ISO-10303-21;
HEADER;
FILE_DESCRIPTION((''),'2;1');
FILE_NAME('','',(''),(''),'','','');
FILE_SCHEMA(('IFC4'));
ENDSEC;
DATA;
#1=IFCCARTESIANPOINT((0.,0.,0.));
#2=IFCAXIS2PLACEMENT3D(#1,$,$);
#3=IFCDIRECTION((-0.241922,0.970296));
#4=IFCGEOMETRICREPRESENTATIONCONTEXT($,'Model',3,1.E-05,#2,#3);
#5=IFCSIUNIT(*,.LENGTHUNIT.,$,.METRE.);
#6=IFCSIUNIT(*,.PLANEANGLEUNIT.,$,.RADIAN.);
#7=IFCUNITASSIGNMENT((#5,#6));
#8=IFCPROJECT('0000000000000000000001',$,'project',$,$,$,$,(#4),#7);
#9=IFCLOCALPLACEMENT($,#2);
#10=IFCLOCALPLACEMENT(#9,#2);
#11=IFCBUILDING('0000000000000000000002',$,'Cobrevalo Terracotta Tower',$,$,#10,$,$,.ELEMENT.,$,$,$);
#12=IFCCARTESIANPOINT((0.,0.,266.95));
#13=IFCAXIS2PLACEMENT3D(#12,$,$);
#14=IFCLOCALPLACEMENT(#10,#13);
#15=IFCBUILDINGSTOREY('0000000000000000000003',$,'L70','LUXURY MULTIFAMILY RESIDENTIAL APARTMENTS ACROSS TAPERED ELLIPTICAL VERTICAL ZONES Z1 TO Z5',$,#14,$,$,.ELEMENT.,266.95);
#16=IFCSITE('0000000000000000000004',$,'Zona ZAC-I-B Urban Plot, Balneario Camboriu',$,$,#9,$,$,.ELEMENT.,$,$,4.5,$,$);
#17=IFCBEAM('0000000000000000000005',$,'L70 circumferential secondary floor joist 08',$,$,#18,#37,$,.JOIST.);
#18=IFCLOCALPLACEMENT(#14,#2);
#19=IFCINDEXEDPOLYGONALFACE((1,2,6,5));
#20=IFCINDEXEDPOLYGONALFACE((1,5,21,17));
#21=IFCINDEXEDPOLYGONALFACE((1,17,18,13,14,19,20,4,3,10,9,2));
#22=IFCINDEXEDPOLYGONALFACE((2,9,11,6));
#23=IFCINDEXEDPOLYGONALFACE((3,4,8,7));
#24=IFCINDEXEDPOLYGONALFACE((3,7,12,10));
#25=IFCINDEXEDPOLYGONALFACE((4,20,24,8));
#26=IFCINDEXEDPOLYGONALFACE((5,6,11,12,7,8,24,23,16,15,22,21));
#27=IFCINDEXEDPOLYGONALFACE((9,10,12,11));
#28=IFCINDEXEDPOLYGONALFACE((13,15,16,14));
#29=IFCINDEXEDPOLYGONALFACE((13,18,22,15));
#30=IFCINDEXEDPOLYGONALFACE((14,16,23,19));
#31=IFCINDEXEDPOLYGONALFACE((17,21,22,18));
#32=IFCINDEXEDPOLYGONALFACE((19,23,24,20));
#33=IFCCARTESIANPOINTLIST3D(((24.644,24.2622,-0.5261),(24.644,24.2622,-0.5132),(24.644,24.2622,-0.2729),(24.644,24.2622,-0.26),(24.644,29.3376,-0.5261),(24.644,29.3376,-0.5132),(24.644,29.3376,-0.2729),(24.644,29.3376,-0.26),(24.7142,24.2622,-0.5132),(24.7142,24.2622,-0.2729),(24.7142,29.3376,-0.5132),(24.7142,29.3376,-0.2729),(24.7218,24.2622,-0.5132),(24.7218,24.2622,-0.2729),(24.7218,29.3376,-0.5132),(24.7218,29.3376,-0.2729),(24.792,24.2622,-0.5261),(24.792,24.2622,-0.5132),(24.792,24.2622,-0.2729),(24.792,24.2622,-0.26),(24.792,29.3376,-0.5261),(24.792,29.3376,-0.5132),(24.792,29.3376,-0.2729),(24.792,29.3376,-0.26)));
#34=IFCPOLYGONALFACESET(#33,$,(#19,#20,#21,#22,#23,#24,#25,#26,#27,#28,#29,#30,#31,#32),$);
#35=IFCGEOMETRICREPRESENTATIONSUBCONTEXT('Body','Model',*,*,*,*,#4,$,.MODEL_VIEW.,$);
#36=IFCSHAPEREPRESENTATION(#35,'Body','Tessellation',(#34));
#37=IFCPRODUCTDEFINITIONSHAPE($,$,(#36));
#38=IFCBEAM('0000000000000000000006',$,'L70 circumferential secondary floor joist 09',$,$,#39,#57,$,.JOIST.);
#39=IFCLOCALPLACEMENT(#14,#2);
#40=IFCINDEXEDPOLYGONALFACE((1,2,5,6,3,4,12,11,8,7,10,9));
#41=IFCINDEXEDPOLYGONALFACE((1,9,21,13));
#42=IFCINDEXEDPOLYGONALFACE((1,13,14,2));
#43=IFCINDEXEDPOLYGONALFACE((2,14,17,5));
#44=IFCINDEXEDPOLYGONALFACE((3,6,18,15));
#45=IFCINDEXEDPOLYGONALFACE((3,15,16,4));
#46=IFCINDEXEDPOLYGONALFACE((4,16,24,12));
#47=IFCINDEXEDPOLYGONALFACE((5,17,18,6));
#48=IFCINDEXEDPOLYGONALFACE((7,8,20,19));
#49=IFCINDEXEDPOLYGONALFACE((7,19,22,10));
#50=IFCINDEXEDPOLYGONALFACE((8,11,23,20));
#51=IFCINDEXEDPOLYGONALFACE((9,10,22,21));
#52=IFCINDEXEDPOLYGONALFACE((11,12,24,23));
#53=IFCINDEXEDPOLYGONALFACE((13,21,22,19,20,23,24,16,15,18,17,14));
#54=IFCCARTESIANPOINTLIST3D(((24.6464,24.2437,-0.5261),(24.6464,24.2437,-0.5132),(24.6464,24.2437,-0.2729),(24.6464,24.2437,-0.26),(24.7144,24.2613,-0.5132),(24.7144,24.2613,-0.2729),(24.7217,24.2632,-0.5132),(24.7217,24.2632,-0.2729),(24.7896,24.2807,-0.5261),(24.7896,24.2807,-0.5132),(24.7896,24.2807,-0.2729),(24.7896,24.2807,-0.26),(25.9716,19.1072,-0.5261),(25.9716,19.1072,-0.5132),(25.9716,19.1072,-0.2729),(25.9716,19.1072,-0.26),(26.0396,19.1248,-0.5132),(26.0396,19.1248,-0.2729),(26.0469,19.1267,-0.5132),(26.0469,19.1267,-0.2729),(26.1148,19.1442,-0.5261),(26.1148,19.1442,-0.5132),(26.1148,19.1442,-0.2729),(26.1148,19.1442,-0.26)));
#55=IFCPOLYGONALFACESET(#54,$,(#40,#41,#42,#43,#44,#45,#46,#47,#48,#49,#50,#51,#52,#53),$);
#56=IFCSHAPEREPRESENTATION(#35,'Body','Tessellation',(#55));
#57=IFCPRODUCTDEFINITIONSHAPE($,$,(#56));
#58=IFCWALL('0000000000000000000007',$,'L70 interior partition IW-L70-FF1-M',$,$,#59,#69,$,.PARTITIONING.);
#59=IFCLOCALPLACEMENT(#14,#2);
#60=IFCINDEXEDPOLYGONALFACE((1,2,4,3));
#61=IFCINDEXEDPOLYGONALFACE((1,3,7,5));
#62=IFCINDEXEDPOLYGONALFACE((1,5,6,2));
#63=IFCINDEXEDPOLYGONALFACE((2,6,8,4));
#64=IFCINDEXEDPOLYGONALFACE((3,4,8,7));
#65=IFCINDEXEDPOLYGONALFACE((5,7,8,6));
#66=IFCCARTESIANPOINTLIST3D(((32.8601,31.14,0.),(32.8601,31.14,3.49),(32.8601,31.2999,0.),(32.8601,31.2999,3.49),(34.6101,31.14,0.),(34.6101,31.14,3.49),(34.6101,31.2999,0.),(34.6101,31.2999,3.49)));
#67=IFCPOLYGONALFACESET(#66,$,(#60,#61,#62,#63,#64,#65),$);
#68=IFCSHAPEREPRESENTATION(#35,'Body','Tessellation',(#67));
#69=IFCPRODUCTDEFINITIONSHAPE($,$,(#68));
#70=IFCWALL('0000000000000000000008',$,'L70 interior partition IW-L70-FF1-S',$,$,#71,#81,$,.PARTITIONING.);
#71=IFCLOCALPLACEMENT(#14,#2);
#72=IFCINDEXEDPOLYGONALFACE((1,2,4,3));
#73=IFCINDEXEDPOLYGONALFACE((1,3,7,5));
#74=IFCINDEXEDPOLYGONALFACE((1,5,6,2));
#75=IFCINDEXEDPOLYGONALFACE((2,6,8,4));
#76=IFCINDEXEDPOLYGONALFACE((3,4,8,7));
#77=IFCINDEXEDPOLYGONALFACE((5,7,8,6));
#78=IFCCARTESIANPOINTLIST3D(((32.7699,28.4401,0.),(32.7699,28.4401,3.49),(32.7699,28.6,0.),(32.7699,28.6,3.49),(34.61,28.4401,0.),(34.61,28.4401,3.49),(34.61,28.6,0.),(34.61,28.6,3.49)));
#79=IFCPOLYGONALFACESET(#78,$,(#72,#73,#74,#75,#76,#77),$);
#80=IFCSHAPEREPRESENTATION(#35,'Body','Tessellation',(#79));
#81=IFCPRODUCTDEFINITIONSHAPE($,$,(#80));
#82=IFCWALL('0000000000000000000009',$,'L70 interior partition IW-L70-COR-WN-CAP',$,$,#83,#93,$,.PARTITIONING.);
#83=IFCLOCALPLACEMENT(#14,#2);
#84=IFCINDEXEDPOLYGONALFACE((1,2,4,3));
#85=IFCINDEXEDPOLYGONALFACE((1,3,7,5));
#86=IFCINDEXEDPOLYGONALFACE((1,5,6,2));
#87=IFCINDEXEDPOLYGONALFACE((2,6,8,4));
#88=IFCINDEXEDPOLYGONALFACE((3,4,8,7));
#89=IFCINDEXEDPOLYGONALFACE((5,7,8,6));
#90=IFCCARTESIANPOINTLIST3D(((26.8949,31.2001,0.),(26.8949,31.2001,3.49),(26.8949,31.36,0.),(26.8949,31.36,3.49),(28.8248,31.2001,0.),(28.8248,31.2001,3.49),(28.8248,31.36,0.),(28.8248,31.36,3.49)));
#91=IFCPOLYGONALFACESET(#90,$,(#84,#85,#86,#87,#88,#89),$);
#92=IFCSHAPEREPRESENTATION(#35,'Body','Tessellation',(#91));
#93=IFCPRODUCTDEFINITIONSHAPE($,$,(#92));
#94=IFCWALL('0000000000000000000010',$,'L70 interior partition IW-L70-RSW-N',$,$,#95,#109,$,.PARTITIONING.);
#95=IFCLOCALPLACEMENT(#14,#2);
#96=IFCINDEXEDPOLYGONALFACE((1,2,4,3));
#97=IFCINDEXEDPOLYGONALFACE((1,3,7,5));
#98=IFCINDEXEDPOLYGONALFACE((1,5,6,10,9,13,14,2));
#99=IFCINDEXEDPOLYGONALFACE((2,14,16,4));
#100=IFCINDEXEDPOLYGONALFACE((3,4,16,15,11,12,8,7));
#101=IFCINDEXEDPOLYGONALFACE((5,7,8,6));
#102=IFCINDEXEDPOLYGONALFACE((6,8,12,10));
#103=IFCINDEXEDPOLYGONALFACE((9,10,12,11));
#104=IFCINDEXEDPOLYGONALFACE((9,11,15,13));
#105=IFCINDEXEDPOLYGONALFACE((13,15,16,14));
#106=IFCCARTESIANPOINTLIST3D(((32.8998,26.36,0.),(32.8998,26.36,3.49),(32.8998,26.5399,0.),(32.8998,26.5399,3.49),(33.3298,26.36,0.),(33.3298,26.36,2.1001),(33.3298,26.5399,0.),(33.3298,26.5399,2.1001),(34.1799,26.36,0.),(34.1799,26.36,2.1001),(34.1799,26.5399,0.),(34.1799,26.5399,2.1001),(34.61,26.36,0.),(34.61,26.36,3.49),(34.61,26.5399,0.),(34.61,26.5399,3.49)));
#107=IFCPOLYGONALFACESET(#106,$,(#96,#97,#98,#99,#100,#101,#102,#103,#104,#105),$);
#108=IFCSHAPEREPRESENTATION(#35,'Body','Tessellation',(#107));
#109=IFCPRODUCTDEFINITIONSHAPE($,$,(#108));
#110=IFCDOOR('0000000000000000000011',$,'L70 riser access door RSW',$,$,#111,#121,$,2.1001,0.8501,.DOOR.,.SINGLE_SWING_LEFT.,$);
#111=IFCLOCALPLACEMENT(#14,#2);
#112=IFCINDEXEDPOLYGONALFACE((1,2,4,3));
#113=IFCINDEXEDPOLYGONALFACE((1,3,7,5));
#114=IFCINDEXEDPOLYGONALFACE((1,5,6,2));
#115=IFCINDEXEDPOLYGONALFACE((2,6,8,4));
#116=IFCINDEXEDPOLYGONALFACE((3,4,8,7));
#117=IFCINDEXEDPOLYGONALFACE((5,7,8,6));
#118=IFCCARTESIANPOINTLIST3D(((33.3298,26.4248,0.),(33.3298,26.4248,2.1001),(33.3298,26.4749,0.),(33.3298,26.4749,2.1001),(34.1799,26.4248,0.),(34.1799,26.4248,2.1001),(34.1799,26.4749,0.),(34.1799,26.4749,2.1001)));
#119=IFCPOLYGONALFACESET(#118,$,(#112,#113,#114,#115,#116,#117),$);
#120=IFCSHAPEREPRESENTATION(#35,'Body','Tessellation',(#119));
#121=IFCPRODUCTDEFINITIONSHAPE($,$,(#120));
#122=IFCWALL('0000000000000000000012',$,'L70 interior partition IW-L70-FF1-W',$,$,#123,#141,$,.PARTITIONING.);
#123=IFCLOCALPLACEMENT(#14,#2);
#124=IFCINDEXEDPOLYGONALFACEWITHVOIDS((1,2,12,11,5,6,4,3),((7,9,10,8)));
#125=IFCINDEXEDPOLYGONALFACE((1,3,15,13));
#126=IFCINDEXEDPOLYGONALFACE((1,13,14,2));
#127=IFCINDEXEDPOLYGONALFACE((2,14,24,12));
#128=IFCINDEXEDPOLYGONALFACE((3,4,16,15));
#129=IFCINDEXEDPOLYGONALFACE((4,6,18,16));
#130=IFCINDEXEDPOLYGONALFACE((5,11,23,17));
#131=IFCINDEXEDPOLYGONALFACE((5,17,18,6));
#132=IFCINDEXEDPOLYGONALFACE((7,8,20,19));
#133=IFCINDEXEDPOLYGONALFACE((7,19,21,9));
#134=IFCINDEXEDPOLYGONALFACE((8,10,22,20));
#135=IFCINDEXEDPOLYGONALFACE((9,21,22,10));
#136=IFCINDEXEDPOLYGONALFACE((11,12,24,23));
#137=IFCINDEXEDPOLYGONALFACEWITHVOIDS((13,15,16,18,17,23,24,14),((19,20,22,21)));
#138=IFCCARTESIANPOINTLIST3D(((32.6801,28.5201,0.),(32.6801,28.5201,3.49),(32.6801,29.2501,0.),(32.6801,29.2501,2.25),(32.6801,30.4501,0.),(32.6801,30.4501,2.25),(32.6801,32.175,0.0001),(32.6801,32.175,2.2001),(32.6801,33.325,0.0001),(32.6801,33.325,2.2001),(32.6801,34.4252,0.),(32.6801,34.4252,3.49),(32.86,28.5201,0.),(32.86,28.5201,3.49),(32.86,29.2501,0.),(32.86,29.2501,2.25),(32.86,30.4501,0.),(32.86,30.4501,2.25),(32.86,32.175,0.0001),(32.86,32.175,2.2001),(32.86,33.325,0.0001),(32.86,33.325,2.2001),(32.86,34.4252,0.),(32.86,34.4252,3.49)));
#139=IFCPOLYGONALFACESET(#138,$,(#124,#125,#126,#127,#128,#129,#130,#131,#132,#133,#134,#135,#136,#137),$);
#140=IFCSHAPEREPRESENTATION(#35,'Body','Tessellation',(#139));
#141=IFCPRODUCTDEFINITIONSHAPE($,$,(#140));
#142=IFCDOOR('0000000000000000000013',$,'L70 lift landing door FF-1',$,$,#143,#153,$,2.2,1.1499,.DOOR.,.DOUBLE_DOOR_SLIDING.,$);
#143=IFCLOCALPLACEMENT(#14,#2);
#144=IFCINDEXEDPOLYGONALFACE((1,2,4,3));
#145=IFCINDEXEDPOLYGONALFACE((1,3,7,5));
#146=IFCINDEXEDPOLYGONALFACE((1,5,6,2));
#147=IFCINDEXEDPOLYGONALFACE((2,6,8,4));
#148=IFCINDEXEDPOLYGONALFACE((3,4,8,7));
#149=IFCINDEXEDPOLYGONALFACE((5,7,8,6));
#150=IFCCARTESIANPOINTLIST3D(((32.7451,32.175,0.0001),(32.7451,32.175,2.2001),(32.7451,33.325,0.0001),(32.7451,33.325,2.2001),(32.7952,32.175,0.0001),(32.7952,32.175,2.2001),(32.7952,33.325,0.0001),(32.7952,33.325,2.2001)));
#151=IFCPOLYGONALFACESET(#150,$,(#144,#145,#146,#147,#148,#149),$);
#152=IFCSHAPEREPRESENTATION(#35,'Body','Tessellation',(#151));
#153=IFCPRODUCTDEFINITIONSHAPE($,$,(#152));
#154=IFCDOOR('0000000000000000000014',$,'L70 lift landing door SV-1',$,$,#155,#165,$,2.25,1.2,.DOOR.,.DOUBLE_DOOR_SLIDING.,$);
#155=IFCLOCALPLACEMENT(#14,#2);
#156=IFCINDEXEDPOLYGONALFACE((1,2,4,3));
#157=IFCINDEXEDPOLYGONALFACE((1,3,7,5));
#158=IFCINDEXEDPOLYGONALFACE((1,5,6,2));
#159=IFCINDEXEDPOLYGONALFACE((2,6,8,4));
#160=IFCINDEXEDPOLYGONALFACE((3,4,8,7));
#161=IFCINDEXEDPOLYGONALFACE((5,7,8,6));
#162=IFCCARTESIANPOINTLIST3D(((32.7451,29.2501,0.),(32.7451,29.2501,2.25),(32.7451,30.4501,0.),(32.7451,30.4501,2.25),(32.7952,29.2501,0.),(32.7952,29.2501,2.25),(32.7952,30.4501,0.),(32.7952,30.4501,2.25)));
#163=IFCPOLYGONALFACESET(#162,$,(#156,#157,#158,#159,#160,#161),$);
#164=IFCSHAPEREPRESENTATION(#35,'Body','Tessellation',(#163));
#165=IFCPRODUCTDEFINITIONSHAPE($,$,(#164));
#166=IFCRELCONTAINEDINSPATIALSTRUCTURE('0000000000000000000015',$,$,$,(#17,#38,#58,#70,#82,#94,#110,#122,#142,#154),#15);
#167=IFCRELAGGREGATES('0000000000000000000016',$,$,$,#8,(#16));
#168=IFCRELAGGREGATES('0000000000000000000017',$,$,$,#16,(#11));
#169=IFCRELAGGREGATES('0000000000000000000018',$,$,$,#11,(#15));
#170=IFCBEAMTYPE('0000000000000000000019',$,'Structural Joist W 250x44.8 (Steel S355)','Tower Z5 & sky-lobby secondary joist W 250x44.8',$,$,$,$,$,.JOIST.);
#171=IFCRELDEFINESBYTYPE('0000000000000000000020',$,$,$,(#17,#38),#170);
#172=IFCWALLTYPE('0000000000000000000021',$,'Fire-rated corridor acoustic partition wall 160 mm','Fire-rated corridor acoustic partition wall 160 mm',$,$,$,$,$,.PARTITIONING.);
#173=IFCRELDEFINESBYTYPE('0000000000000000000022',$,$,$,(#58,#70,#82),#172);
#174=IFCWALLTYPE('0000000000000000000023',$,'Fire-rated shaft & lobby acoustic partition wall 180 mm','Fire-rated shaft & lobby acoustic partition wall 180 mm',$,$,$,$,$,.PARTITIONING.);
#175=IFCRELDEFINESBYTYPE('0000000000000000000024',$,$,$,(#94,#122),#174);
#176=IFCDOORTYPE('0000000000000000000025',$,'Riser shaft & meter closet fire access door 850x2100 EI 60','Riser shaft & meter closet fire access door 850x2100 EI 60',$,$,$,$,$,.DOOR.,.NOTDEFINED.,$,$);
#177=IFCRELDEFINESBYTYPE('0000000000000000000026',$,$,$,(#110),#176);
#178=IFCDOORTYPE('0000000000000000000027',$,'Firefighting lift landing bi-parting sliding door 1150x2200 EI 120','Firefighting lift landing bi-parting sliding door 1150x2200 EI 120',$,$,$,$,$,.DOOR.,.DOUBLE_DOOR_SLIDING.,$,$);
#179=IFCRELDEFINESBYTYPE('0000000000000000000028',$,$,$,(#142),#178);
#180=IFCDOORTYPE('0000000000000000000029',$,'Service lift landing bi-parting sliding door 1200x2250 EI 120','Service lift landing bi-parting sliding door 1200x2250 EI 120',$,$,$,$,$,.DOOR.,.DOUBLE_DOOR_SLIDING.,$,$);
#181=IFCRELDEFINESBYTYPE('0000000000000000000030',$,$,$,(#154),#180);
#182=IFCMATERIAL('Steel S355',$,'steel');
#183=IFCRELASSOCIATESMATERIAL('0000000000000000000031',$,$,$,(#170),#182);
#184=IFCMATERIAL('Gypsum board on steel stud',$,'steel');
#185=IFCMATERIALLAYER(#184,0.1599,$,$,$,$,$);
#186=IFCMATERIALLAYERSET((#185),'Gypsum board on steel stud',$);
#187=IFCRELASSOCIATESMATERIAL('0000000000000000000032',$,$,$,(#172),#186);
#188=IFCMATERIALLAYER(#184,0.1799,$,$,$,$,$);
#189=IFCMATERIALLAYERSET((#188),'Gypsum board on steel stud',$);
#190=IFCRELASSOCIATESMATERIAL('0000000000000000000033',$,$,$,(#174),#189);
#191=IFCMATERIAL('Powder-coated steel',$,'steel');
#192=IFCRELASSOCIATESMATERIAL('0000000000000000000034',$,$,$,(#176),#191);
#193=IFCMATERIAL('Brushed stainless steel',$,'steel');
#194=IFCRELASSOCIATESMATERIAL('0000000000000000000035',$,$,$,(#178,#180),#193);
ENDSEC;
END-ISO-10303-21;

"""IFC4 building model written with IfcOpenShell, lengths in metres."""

from ifc_helpers import new_model, si_unit, direction, frame, frame_2d, origin, origin_2d, place, context, subcontext, project, spatial, rectangle, i_section, extrude, source, transform, mapped, material, layer, layer_set, material_profile, profile_set, type_object, element, fill, save


model = new_model("IFC4")

# Units and contexts
model_context = context("Model", 3, precision=1e-05, world=origin(), true_north=direction((-0.241922, 0.970296)))
body_context = subcontext(model_context, "Body", "Model", "MODEL_VIEW")
ifc_project = project(units=[si_unit("LENGTHUNIT", "METRE"), si_unit("PLANEANGLEUNIT", "RADIAN")], contexts=[model_context])

# Site, building, storey
site_placement = place(None, origin())
site = spatial("IfcSite", under=ifc_project, at=site_placement, Name="Zona ZAC-I-B Urban Plot, Balneario Camboriu", CompositionType="ELEMENT", RefElevation=4.5)
building_placement = place(site_placement, origin())
building = spatial("IfcBuilding", under=site, at=building_placement, Name="Cobrevalo Terracotta Tower", CompositionType="ELEMENT")
storey_placement = place(building_placement, frame((0.0, 0.0, 266.95)))
storey = spatial("IfcBuildingStorey", under=building, at=storey_placement, Name="L70", Description="LUXURY MULTIFAMILY RESIDENTIAL APARTMENTS ACROSS TAPERED ELLIPTICAL VERTICAL ZONES Z1 TO Z5", CompositionType="ELEMENT", Elevation=266.95)

# Beams
ifc_material_1 = material(Name="Steel S355", Category="steel")
ifc_material_profile = material_profile(ifc_material_1, i_section(OverallWidth=0.1479, OverallDepth=0.2661, WebThickness=0.0076, FlangeThickness=0.0129, at=origin_2d()), Name="W 250x44.8")
ifc_profile_set = profile_set([ifc_material_profile], Name="Steel S355")
beam_type = type_object("IfcBeamType", Name="Structural Joist W 250x44.8 (Steel S355)", Description="Tower Z5 & sky-lobby secondary joist W 250x44.8", PredefinedType="JOIST", material=ifc_profile_set)
beam_1_placement = place(storey_placement, frame((24.718, 29.3376, -0.3931), z_axis=(0.0, -1.0, 0.0), x_axis=(1.0, 0.0, 0.0)))
element("IfcBeam", 1, at=beam_1_placement, inside=storey, type_object=beam_type, Name="L70 circumferential secondary floor joist 08", PredefinedType="JOIST", context=body_context, shape_type="SweptSolid", body=[
    extrude(i_section(OverallWidth=0.1479, OverallDepth=0.2661, WebThickness=0.0076, FlangeThickness=0.0129, at=origin_2d()), origin(), (0.0, 0.0, 1.0), 5.0754),
])
beam_2_placement = place(storey_placement, frame((24.718, 24.2622, -0.3931), z_axis=(0.249817, -0.968293, 0.0), x_axis=(0.968293, 0.249817, 0.0)))
element("IfcBeam", 2, at=beam_2_placement, inside=storey, type_object=beam_type, Name="L70 circumferential secondary floor joist 09", PredefinedType="JOIST", context=body_context, shape_type="SweptSolid", body=[
    extrude(i_section(OverallWidth=0.1479, OverallDepth=0.2661, WebThickness=0.0076, FlangeThickness=0.0129, at=origin_2d()), origin(), (0.0, 0.0, 1.0), 5.3047),
])

# Walls
ifc_material_2 = material(Name="Gypsum board on steel stud", Category="steel")
ifc_layer_1 = layer(ifc_material_2, 0.1599)
ifc_layer_set_1 = layer_set([ifc_layer_1], Name="Gypsum board on steel stud")
wall_type_1 = type_object("IfcWallType", Name="Fire-rated corridor acoustic partition wall 160 mm", Description="Fire-rated corridor acoustic partition wall 160 mm", PredefinedType="PARTITIONING", material=ifc_layer_set_1)
wall_1_placement = place(storey_placement, frame((32.8601, 31.22, 0.0), z_axis=(0.0, 0.0, 1.0), x_axis=(1.0, 0.0, 0.0)))
element("IfcWall", 3, at=wall_1_placement, inside=storey, type_object=wall_type_1, Name="L70 interior partition IW-L70-FF1-M", PredefinedType="PARTITIONING", context=body_context, shape_type="SweptSolid", body=[
    extrude(rectangle(XDim=1.75, YDim=0.1599, at=frame_2d((0.875, 0.0))), origin(), (0.0, 0.0, 1.0), 3.49),
])
wall_2_placement = place(storey_placement, frame((32.77, 28.52, 0.0), z_axis=(0.0, 0.0, 1.0), x_axis=(1.0, 0.0, 0.0)))
element("IfcWall", 4, at=wall_2_placement, inside=storey, type_object=wall_type_1, Name="L70 interior partition IW-L70-FF1-S", PredefinedType="PARTITIONING", context=body_context, shape_type="SweptSolid", body=[
    extrude(rectangle(XDim=1.8401, YDim=0.1599, at=frame_2d((0.9199, 0.0))), origin(), (0.0, 0.0, 1.0), 3.49),
])
wall_3_placement = place(storey_placement, frame((26.895, 31.28, 0.0), z_axis=(0.0, 0.0, 1.0), x_axis=(1.0, 0.0, 0.0)))
element("IfcWall", 5, at=wall_3_placement, inside=storey, type_object=wall_type_1, Name="L70 interior partition IW-L70-COR-WN-CAP", PredefinedType="PARTITIONING", context=body_context, shape_type="SweptSolid", body=[
    extrude(rectangle(XDim=1.9299, YDim=0.1599, at=frame_2d((0.9648, 0.0))), origin(), (0.0, 0.0, 1.0), 3.49),
])

# Wall, opening, door
ifc_layer_2 = layer(ifc_material_2, 0.1799)
ifc_layer_set_2 = layer_set([ifc_layer_2], Name="Gypsum board on steel stud")
wall_type_2 = type_object("IfcWallType", Name="Fire-rated shaft & lobby acoustic partition wall 180 mm", Description="Fire-rated shaft & lobby acoustic partition wall 180 mm", PredefinedType="PARTITIONING", material=ifc_layer_set_2)
wall_4_placement = place(storey_placement, frame((32.8999, 26.45, 0.0), z_axis=(0.0, 0.0, 1.0), x_axis=(1.0, 0.0, 0.0)))
wall_4 = element("IfcWall", 6, at=wall_4_placement, inside=storey, type_object=wall_type_2, Name="L70 interior partition IW-L70-RSW-N", PredefinedType="PARTITIONING", context=body_context, shape_type="SweptSolid", body=[
    extrude(rectangle(XDim=1.7102, YDim=0.1799, at=frame_2d((0.855, 0.0))), origin(), (0.0, 0.0, 1.0), 3.49),
])
opening_1_placement = place(wall_4_placement, frame((0.4299, 0.0, 0.0)))
opening_1 = element("IfcOpeningElement", 7, at=opening_1_placement, cuts=wall_4, PredefinedType="OPENING", context=body_context, shape_type="SweptSolid", body=[
    extrude(rectangle(XDim=0.8501, YDim=2.1001, at=frame_2d((0.425, 1.05))), frame((0.0, 0.1001, 0.0), z_axis=(0.0, -1.0, 0.0), x_axis=(1.0, 0.0, 0.0)), (0.0, 0.0, 1.0), 0.2),
])
ifc_material_3 = material(Name="Powder-coated steel", Category="steel")
door_type_1 = type_object("IfcDoorType", Name="Riser shaft & meter closet fire access door 850x2100 EI 60", Description="Riser shaft & meter closet fire access door 850x2100 EI 60", OperationType="NOTDEFINED", PredefinedType="DOOR", material=ifc_material_3)
shared_shape_1 = source(origin(), body_context, "Body", "SweptSolid", [
    extrude(rectangle(XDim=0.8501, YDim=2.1001, at=frame_2d((0.425, 1.05))), frame((0.0, 0.0249, 0.0), z_axis=(0.0, -1.0, 0.0), x_axis=(1.0, 0.0, 0.0)), (0.0, 0.0, 1.0), 0.05),
])
door_1_placement = place(opening_1_placement, origin())
door_1 = element("IfcDoor", 8, at=door_1_placement, inside=storey, type_object=door_type_1, Name="L70 riser access door RSW", OperationType="SINGLE_SWING_LEFT", OverallHeight=2.1001, OverallWidth=0.8501, PredefinedType="DOOR", context=body_context, shape_type="MappedRepresentation", body=[
    mapped(shared_shape_1, transform((0.0, 0.0, 0.0), scale=1.0)),
])
fill(opening_1, door_1)

# Wall, openings, doors
wall_5_placement = place(storey_placement, frame((32.77, 28.52, 0.0), z_axis=(0.0, 0.0, 1.0), x_axis=(0.0, 1.0, 0.0)))
wall_5 = element("IfcWall", 9, at=wall_5_placement, inside=storey, type_object=wall_type_2, Name="L70 interior partition IW-L70-FF1-W", PredefinedType="PARTITIONING", context=body_context, shape_type="SweptSolid", body=[
    extrude(rectangle(XDim=5.905, YDim=0.1799, at=frame_2d((2.9526, 0.0))), origin(), (0.0, 0.0, 1.0), 3.49),
])
opening_2_placement = place(wall_5_placement, frame((3.655, 0.0, 0.0)))
opening_2 = element("IfcOpeningElement", 10, at=opening_2_placement, cuts=wall_5, PredefinedType="OPENING", context=body_context, shape_type="SweptSolid", body=[
    extrude(rectangle(XDim=1.1499, YDim=2.2, at=frame_2d((0.575, 1.1001))), frame((0.0, 0.1001, 0.0), z_axis=(0.0, -1.0, 0.0), x_axis=(1.0, 0.0, 0.0)), (0.0, 0.0, 1.0), 0.2),
])
opening_3_placement = place(wall_5_placement, frame((0.73, 0.0, 0.0)))
opening_3 = element("IfcOpeningElement", 11, at=opening_3_placement, cuts=wall_5, PredefinedType="OPENING", context=body_context, shape_type="SweptSolid", body=[
    extrude(rectangle(XDim=1.2, YDim=2.25, at=frame_2d((0.6001, 1.125))), frame((0.0, 0.1001, 0.0), z_axis=(0.0, -1.0, 0.0), x_axis=(1.0, 0.0, 0.0)), (0.0, 0.0, 1.0), 0.2),
])
ifc_material_4 = material(Name="Brushed stainless steel", Category="steel")
door_type_2 = type_object("IfcDoorType", Name="Firefighting lift landing bi-parting sliding door 1150x2200 EI 120", Description="Firefighting lift landing bi-parting sliding door 1150x2200 EI 120", OperationType="DOUBLE_DOOR_SLIDING", PredefinedType="DOOR", material=ifc_material_4)
shared_shape_2 = source(origin(), body_context, "Body", "SweptSolid", [
    extrude(rectangle(XDim=1.1499, YDim=2.2, at=frame_2d((0.575, 1.1001))), frame((0.0, 0.0249, 0.0), z_axis=(0.0, -1.0, 0.0), x_axis=(1.0, 0.0, 0.0)), (0.0, 0.0, 1.0), 0.05),
])
door_2_placement = place(opening_2_placement, origin())
door_2 = element("IfcDoor", 12, at=door_2_placement, inside=storey, type_object=door_type_2, Name="L70 lift landing door FF-1", OperationType="DOUBLE_DOOR_SLIDING", OverallHeight=2.2, OverallWidth=1.1499, PredefinedType="DOOR", context=body_context, shape_type="MappedRepresentation", body=[
    mapped(shared_shape_2, transform((0.0, 0.0, 0.0), scale=1.0)),
])
fill(opening_2, door_2)
door_type_3 = type_object("IfcDoorType", Name="Service lift landing bi-parting sliding door 1200x2250 EI 120", Description="Service lift landing bi-parting sliding door 1200x2250 EI 120", OperationType="DOUBLE_DOOR_SLIDING", PredefinedType="DOOR", material=ifc_material_4)
shared_shape_3 = source(origin(), body_context, "Body", "SweptSolid", [
    extrude(rectangle(XDim=1.2, YDim=2.25, at=frame_2d((0.6001, 1.125))), frame((0.0, 0.0249, 0.0), z_axis=(0.0, -1.0, 0.0), x_axis=(1.0, 0.0, 0.0)), (0.0, 0.0, 1.0), 0.05),
])
door_3_placement = place(opening_3_placement, origin())
door_3 = element("IfcDoor", 13, at=door_3_placement, inside=storey, type_object=door_type_3, Name="L70 lift landing door SV-1", OperationType="DOUBLE_DOOR_SLIDING", OverallHeight=2.25, OverallWidth=1.2, PredefinedType="DOOR", context=body_context, shape_type="MappedRepresentation", body=[
    mapped(shared_shape_3, transform((0.0, 0.0, 0.0), scale=1.0)),
])
fill(opening_3, door_3)

save(model, "model.ifc")
